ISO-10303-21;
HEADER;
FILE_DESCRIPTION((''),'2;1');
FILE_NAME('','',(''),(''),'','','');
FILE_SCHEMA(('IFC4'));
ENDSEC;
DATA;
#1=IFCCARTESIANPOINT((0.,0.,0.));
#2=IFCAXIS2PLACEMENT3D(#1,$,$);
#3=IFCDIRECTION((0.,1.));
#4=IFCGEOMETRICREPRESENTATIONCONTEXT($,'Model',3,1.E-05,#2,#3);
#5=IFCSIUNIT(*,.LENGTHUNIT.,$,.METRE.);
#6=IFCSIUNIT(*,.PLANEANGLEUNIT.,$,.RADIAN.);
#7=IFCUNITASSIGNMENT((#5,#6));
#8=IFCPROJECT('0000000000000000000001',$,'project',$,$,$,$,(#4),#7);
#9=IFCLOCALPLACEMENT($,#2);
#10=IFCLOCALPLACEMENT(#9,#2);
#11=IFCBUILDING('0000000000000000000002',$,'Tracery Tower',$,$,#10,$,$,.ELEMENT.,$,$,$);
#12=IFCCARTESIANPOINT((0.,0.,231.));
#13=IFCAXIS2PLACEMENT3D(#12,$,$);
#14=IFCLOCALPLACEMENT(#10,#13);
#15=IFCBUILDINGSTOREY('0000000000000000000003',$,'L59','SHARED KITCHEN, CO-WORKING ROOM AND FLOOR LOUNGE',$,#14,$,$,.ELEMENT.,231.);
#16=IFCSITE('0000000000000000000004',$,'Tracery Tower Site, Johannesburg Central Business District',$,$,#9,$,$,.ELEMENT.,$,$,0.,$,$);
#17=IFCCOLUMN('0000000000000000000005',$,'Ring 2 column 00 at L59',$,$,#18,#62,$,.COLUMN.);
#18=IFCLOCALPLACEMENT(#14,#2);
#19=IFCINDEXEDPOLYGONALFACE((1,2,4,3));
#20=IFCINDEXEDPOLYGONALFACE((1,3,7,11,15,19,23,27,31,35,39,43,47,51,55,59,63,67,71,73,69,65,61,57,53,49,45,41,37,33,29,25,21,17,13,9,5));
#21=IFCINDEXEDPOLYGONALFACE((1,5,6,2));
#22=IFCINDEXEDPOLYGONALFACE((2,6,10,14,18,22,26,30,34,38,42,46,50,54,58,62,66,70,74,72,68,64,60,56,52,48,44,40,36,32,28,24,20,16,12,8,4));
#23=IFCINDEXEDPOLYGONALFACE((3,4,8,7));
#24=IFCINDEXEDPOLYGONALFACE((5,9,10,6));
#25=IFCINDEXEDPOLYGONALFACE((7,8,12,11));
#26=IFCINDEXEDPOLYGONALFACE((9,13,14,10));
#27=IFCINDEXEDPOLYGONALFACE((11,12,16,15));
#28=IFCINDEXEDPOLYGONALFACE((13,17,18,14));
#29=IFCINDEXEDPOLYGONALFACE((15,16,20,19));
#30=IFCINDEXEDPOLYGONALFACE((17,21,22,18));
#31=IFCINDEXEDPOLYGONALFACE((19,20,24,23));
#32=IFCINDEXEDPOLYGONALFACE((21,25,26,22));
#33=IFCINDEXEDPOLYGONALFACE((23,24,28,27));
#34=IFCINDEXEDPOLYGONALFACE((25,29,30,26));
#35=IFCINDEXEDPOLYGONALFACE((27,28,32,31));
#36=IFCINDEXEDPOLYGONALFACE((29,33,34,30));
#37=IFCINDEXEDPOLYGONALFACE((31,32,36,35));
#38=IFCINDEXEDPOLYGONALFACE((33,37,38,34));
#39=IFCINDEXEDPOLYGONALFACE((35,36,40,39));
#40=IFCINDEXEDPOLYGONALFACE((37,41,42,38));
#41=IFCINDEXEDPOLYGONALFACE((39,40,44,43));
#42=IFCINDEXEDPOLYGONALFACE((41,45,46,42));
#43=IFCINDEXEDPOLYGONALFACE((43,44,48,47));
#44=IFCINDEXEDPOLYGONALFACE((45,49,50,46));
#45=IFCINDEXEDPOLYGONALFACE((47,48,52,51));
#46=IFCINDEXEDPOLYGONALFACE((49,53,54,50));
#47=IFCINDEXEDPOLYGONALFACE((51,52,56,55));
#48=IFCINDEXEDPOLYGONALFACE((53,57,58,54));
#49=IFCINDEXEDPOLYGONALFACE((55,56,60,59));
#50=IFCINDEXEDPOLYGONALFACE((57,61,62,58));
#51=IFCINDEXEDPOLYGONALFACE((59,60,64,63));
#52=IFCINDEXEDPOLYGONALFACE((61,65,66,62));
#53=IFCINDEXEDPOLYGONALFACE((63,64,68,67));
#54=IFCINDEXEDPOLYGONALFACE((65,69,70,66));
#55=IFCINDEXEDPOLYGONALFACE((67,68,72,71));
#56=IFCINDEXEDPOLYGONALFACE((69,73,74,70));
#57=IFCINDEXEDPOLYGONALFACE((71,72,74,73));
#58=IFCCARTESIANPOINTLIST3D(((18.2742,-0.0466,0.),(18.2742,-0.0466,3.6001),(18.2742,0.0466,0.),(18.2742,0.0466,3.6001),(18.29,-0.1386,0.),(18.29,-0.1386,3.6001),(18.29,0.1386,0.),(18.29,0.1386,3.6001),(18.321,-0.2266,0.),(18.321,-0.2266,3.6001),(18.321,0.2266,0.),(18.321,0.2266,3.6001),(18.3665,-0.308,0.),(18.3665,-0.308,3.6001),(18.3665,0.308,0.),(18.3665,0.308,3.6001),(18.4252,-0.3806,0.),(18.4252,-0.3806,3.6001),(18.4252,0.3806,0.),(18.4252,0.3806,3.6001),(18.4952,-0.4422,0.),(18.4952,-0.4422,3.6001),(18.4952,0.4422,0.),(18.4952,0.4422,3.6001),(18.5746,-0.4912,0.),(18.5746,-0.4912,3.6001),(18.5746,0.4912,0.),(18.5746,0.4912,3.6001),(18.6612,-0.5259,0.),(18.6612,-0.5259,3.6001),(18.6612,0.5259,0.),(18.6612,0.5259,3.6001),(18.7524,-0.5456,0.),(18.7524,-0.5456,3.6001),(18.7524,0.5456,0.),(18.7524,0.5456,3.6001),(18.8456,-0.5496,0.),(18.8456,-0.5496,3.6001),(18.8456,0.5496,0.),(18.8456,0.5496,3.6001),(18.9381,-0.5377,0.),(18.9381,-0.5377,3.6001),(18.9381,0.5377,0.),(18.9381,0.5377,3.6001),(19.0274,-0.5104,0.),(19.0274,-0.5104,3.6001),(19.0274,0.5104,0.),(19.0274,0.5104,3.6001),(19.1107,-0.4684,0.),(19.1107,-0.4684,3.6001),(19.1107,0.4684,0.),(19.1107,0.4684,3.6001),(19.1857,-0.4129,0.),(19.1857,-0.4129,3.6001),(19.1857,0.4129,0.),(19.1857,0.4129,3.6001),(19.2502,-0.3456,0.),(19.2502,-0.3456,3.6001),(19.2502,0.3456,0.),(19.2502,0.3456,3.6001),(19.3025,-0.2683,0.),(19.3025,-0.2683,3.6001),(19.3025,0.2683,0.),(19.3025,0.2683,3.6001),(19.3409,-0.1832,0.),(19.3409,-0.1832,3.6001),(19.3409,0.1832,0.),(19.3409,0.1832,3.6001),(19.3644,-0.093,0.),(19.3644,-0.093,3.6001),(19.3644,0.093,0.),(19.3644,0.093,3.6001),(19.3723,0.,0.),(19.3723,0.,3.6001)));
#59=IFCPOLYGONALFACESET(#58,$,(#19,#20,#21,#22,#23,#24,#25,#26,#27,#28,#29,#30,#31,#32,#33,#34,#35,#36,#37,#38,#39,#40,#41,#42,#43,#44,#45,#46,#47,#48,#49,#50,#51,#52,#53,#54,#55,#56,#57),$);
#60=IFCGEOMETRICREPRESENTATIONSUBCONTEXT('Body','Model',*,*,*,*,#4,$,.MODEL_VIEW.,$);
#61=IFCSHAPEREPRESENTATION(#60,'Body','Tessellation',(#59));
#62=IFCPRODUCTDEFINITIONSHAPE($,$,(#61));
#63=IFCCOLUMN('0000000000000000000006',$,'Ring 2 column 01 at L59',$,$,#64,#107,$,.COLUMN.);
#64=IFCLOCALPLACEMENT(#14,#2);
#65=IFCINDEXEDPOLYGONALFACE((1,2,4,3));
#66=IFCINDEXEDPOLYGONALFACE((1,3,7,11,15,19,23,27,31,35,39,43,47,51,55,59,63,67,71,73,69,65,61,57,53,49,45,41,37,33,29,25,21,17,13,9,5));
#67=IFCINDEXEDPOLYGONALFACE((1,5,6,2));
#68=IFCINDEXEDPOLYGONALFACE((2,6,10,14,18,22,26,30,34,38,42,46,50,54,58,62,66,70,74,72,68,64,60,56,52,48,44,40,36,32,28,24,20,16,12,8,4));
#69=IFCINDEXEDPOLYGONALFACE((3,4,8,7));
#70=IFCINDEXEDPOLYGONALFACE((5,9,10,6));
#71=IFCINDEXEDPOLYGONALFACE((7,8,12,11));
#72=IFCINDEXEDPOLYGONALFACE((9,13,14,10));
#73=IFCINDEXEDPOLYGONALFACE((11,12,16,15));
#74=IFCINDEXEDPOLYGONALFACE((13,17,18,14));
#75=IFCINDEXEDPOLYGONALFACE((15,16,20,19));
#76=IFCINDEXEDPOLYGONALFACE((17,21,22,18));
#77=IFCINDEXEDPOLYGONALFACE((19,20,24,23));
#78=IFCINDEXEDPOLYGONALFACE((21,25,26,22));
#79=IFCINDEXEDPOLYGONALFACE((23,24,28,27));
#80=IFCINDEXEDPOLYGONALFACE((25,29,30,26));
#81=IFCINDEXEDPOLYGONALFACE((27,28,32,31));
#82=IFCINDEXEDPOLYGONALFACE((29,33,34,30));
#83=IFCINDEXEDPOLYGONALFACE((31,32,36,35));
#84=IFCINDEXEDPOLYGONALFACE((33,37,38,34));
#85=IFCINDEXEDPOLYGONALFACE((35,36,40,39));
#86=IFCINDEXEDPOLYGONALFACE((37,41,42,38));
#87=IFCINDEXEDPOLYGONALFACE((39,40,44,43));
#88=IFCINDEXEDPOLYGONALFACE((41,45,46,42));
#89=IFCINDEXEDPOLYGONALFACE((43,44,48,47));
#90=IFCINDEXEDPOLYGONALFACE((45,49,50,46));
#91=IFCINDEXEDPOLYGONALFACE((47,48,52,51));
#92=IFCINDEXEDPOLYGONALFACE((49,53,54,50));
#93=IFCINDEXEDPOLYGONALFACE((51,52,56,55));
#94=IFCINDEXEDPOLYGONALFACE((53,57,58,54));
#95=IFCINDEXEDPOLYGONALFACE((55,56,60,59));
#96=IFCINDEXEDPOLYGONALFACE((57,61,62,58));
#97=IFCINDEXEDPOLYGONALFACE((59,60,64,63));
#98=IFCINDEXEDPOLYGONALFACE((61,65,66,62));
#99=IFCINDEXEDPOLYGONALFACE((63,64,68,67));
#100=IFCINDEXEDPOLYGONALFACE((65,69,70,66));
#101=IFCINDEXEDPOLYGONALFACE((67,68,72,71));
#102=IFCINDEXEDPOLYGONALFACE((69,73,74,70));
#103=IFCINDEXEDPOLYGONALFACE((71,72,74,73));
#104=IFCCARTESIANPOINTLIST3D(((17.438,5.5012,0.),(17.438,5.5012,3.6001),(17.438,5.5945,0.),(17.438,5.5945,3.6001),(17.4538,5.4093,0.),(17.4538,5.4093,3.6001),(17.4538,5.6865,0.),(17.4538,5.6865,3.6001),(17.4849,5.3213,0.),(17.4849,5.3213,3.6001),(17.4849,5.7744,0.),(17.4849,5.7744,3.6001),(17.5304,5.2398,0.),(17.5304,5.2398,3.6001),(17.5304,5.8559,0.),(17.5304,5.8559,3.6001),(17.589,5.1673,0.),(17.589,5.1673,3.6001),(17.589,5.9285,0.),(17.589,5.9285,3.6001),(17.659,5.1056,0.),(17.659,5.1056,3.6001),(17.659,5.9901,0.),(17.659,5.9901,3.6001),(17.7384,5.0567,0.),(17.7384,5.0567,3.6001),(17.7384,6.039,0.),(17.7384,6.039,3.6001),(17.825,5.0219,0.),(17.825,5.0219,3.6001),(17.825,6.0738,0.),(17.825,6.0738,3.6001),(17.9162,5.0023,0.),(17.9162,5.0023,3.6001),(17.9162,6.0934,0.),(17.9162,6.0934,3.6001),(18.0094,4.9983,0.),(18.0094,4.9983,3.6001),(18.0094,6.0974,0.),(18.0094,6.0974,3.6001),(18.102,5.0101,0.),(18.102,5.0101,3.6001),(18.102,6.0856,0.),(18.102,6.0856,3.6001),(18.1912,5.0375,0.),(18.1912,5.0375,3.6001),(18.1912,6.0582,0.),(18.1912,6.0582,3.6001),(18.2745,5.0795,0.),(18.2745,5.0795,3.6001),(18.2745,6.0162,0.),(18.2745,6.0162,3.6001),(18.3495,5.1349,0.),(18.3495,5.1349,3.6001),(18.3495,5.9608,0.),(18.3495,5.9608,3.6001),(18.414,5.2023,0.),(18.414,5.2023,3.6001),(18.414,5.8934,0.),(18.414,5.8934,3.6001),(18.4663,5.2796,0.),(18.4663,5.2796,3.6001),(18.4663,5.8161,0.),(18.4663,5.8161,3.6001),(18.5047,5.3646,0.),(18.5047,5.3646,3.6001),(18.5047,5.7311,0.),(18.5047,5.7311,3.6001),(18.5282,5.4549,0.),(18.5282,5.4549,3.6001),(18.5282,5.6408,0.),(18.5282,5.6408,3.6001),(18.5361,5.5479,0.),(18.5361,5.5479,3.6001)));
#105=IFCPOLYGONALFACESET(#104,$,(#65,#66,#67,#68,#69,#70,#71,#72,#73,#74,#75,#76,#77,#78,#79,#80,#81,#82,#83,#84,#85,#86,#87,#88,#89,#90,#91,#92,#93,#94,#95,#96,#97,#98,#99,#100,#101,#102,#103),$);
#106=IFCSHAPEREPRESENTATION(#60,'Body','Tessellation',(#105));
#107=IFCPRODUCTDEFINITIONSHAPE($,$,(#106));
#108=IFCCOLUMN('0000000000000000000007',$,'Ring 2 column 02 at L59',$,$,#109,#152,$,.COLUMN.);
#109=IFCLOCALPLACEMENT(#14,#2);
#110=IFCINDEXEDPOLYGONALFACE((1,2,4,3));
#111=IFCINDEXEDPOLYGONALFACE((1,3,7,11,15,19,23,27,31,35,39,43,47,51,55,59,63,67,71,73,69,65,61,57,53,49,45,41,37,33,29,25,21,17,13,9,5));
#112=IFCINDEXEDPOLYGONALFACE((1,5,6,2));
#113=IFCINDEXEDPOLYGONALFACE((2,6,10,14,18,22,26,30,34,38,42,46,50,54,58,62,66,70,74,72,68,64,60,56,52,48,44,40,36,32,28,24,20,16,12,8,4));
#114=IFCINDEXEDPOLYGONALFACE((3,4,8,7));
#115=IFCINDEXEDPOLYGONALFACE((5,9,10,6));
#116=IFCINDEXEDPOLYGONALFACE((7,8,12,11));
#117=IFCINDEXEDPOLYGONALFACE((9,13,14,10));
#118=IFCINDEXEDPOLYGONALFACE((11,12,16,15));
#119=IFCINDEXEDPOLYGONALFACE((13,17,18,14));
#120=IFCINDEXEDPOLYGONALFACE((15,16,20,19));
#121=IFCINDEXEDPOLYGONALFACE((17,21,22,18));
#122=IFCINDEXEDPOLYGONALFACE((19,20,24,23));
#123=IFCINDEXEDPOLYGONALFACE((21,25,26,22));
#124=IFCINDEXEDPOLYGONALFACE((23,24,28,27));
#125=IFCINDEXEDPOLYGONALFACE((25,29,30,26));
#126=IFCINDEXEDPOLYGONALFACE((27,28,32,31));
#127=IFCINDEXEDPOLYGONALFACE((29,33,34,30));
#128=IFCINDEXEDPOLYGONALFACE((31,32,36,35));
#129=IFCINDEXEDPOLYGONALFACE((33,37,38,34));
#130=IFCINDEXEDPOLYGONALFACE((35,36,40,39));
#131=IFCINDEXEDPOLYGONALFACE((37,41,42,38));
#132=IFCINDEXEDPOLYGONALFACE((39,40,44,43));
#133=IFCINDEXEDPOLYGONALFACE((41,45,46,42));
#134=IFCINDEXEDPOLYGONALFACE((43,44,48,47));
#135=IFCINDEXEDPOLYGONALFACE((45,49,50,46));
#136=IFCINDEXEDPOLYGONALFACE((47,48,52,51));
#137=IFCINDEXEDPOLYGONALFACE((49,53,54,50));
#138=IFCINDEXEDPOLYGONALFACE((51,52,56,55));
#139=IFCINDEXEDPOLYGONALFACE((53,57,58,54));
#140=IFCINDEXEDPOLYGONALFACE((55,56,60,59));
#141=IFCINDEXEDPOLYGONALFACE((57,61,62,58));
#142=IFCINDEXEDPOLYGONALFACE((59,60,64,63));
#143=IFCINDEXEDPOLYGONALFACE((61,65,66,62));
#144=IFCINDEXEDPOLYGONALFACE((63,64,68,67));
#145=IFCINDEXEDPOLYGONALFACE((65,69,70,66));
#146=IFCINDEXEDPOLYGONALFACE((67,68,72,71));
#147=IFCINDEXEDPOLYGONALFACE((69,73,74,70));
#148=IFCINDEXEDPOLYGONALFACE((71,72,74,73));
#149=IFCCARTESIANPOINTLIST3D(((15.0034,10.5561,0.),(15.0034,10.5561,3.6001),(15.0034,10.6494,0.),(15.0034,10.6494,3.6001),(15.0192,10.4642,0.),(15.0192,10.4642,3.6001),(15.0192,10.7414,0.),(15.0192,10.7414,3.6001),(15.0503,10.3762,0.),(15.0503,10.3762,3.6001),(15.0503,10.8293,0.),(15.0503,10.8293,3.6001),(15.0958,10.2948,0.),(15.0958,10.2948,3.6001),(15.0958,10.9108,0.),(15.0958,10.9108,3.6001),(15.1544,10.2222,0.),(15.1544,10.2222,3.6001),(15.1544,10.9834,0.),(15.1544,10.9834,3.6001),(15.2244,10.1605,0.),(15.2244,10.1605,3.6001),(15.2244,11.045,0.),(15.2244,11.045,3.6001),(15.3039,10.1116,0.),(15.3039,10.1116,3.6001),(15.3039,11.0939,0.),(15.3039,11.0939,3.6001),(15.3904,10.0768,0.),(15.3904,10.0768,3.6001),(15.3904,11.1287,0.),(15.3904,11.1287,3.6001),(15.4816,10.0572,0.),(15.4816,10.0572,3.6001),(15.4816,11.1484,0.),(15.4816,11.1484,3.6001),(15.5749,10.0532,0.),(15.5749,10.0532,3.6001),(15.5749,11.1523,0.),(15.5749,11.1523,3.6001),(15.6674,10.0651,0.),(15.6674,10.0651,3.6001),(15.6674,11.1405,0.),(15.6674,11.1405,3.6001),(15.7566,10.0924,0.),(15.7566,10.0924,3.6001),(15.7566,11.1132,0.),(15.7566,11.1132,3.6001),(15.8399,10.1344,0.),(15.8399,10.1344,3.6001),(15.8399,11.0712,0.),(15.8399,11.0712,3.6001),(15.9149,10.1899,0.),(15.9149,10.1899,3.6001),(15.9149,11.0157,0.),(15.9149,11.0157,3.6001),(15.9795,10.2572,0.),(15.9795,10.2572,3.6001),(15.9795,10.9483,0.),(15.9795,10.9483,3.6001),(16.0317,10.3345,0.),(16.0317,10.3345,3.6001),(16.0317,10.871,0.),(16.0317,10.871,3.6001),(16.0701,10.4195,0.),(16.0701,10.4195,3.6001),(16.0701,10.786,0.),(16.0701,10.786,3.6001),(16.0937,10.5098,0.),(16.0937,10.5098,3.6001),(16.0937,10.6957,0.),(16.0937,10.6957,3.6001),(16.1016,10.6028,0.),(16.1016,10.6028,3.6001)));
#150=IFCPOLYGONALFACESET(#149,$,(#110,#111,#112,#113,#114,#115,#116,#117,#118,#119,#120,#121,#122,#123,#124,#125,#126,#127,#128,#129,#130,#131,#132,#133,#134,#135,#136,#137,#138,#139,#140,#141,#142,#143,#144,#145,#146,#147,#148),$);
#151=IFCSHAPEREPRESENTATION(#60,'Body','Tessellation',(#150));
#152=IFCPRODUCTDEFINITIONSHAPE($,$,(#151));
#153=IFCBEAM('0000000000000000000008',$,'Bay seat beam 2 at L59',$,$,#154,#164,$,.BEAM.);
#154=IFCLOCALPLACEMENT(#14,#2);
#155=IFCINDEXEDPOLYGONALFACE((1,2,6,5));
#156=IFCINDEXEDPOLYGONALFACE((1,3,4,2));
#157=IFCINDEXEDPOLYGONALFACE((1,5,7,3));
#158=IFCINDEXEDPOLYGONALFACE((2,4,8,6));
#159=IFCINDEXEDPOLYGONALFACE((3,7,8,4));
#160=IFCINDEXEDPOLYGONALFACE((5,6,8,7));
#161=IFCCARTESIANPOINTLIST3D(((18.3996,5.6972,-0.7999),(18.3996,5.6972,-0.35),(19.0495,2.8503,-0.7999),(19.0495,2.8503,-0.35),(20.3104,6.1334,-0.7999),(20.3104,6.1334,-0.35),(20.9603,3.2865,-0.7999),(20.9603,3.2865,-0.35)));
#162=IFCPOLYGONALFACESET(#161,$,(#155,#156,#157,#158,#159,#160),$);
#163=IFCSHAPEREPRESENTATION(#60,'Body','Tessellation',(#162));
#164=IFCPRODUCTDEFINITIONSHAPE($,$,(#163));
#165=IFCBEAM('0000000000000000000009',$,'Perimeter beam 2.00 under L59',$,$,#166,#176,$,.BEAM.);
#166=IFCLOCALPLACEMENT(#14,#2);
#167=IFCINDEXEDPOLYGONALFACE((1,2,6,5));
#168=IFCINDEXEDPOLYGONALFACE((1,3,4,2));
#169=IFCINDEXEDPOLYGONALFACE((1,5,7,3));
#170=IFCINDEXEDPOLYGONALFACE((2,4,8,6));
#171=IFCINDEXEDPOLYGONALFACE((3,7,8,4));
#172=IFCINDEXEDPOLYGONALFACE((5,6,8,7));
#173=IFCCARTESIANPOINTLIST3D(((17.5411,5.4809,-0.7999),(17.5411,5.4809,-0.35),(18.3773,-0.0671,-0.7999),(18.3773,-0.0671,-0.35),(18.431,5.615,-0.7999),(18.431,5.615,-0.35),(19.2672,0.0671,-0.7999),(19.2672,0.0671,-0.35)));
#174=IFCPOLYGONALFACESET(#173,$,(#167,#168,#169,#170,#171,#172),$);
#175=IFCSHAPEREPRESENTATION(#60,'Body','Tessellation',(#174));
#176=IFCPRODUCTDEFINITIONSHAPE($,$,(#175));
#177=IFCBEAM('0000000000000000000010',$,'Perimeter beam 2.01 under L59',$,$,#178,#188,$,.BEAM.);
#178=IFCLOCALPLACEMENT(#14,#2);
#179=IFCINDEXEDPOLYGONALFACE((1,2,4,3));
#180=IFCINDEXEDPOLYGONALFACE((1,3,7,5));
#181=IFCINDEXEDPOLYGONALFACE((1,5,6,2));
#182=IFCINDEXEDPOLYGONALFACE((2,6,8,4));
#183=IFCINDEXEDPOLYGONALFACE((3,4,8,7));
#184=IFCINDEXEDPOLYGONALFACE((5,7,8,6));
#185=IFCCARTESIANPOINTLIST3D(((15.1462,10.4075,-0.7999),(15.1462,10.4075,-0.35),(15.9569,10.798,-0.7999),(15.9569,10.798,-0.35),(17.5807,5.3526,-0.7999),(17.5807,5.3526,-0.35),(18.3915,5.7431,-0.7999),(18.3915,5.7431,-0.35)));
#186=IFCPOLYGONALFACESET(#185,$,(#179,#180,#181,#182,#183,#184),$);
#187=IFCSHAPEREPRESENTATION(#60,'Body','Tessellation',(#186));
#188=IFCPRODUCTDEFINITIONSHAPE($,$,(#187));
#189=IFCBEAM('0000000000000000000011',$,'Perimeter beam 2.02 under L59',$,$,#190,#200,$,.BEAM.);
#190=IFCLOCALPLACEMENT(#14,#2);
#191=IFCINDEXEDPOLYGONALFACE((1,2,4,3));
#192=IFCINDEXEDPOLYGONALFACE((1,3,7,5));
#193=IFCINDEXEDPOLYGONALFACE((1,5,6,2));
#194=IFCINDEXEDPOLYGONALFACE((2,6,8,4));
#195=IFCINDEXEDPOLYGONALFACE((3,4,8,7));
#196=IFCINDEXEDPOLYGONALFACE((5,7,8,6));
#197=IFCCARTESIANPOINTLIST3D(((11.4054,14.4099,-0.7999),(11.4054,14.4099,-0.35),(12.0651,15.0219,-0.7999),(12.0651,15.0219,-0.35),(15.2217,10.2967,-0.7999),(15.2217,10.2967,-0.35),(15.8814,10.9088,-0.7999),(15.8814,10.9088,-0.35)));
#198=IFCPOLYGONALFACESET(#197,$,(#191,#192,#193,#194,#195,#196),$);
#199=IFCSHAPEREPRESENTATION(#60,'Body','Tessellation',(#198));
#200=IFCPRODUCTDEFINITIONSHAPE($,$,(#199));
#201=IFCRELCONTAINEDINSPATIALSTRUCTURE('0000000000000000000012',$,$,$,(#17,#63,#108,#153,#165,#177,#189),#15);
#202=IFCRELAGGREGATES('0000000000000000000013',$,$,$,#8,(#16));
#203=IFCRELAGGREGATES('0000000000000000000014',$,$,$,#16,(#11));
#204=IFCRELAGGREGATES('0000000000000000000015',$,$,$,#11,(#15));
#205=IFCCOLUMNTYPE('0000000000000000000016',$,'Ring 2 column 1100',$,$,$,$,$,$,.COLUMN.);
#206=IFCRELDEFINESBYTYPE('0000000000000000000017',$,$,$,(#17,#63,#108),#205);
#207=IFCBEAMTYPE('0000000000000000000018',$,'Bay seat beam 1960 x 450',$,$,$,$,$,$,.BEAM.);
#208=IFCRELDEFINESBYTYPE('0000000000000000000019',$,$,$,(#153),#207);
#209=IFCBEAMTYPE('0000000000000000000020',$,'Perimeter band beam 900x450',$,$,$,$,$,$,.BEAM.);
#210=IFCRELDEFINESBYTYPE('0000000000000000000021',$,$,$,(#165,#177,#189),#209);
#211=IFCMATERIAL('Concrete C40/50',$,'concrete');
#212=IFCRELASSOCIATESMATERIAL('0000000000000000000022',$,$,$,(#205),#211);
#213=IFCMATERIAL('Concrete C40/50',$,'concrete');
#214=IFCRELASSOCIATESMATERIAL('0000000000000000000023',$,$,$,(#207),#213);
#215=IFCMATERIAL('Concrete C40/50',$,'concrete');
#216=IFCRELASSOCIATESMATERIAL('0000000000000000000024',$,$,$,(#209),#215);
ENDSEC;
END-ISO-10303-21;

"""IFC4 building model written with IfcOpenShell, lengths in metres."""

from ifc_helpers import new_model, si_unit, direction, frame, origin, origin_2d, place, context, subcontext, project, spatial, rectangle, circle, extrude, material, material_profile, profile_set, type_object, element, save


model = new_model("IFC4")

# Units and contexts
model_context = context("Model", 3, precision=1e-05, world=origin(), true_north=direction((0.0, 1.0)))
body_context = subcontext(model_context, "Body", "Model", "MODEL_VIEW")
ifc_project = project(units=[si_unit("LENGTHUNIT", "METRE"), si_unit("PLANEANGLEUNIT", "RADIAN")], contexts=[model_context])

# Site, building, storey
site_placement = place(None, origin())
site = spatial("IfcSite", under=ifc_project, at=site_placement, Name="Tracery Tower Site, Johannesburg Central Business District", CompositionType="ELEMENT", RefElevation=0.0)
building_placement = place(site_placement, origin())
building = spatial("IfcBuilding", under=site, at=building_placement, Name="Tracery Tower", CompositionType="ELEMENT")
storey_placement = place(building_placement, frame((0.0, 0.0, 231.0)))
storey = spatial("IfcBuildingStorey", under=building, at=storey_placement, Name="L59", Description="SHARED KITCHEN, CO-WORKING ROOM AND FLOOR LOUNGE", CompositionType="ELEMENT", Elevation=231.0)

# Columns
ifc_material_1 = material(Name="Concrete C40/50", Category="concrete")
ifc_material_profile_1 = material_profile(ifc_material_1, circle(Radius=0.55, at=origin_2d()), Name="RC D1100")
ifc_profile_set_1 = profile_set([ifc_material_profile_1], Name="Concrete C40/50")
column_type = type_object("IfcColumnType", Name="Ring 2 column 1100", PredefinedType="COLUMN", material=ifc_profile_set_1)
for number, where, z_axis, x_axis, name in (
    (1, (18.8223, 0.0, 0.0), (0.0, 0.0, 1.0), (1.0, 0.0, 0.0), "Ring 2 column 00 at L59"),
    (2, (17.9861, 5.5479, 0.0), (0.0, 0.0, 1.0), (1.0, 0.0, 0.0), "Ring 2 column 01 at L59"),
    (3, (15.5515, 10.6028, 0.0), (0.0, 0.0, 1.0), (1.0, 0.0, 0.0), "Ring 2 column 02 at L59"),
):
    element("IfcColumn", number, at=place(storey_placement, frame(where, z_axis=z_axis, x_axis=x_axis)), inside=storey, type_object=column_type, Name=name, PredefinedType="COLUMN", context=body_context, shape_type="SweptSolid", body=[
        extrude(circle(Radius=0.55, at=origin_2d()), origin(), (0.0, 0.0, 1.0), 3.6001),
    ])

# Beams
ifc_material_2 = material(Name="Concrete C40/50", Category="concrete")
ifc_material_profile_2 = material_profile(ifc_material_2, rectangle(XDim=1.96, YDim=0.45, at=origin_2d()), Name="RC 1960x450")
ifc_profile_set_2 = profile_set([ifc_material_profile_2], Name="Concrete C40/50")
beam_type_1 = type_object("IfcBeamType", Name="Bay seat beam 1960 x 450", PredefinedType="BEAM", material=ifc_profile_set_2)
beam_1_placement = place(storey_placement, frame((20.0049, 3.0684, -0.575), z_axis=(-0.222557, 0.97492, 0.0), x_axis=(-0.97492, -0.222557, 0.0)))
element("IfcBeam", 4, at=beam_1_placement, inside=storey, type_object=beam_type_1, Name="Bay seat beam 2 at L59", PredefinedType="BEAM", context=body_context, shape_type="SweptSolid", body=[
    extrude(rectangle(XDim=1.96, YDim=0.45, at=origin_2d()), origin(), (0.0, 0.0, 1.0), 2.9202),
])
ifc_material_3 = material(Name="Concrete C40/50", Category="concrete")
ifc_material_profile_3 = material_profile(ifc_material_3, rectangle(XDim=0.8999, YDim=0.45, at=origin_2d()), Name="RC 900x450")
ifc_profile_set_3 = profile_set([ifc_material_profile_3], Name="Concrete C40/50")
beam_type_2 = type_object("IfcBeamType", Name="Perimeter band beam 900x450", PredefinedType="BEAM", material=ifc_profile_set_3)
for number, where, z_axis, x_axis, name in (
    (5, (18.8223, 0.0, -0.575), (-0.149038, 0.988831, 0.0), (-0.988831, -0.149038, 0.0), "Perimeter beam 2.00 under L59"),
    (6, (17.9861, 5.5479, -0.575), (-0.433919, 0.900952, 0.0), (-0.900952, -0.433919, 0.0), "Perimeter beam 2.01 under L59"),
):
    element("IfcBeam", number, at=place(storey_placement, frame(where, z_axis=z_axis, x_axis=x_axis)), inside=storey, type_object=beam_type_2, Name=name, PredefinedType="BEAM", context=body_context, shape_type="SweptSolid", body=[
        extrude(rectangle(XDim=0.8999, YDim=0.45, at=origin_2d()), origin(), (0.0, 0.0, 1.0), 5.6106),
    ])
beam_2_placement = place(storey_placement, frame((15.5515, 10.6028, -0.575), z_axis=(-0.680156, 0.733068, 0.0), x_axis=(-0.733068, -0.680156, 0.0)))
element("IfcBeam", 7, at=beam_2_placement, inside=storey, type_object=beam_type_2, Name="Perimeter beam 2.02 under L59", PredefinedType="BEAM", context=body_context, shape_type="SweptSolid", body=[
    extrude(rectangle(XDim=0.8999, YDim=0.45, at=origin_2d()), origin(), (0.0, 0.0, 1.0), 5.6108),
])

save(model, "model.ifc")
